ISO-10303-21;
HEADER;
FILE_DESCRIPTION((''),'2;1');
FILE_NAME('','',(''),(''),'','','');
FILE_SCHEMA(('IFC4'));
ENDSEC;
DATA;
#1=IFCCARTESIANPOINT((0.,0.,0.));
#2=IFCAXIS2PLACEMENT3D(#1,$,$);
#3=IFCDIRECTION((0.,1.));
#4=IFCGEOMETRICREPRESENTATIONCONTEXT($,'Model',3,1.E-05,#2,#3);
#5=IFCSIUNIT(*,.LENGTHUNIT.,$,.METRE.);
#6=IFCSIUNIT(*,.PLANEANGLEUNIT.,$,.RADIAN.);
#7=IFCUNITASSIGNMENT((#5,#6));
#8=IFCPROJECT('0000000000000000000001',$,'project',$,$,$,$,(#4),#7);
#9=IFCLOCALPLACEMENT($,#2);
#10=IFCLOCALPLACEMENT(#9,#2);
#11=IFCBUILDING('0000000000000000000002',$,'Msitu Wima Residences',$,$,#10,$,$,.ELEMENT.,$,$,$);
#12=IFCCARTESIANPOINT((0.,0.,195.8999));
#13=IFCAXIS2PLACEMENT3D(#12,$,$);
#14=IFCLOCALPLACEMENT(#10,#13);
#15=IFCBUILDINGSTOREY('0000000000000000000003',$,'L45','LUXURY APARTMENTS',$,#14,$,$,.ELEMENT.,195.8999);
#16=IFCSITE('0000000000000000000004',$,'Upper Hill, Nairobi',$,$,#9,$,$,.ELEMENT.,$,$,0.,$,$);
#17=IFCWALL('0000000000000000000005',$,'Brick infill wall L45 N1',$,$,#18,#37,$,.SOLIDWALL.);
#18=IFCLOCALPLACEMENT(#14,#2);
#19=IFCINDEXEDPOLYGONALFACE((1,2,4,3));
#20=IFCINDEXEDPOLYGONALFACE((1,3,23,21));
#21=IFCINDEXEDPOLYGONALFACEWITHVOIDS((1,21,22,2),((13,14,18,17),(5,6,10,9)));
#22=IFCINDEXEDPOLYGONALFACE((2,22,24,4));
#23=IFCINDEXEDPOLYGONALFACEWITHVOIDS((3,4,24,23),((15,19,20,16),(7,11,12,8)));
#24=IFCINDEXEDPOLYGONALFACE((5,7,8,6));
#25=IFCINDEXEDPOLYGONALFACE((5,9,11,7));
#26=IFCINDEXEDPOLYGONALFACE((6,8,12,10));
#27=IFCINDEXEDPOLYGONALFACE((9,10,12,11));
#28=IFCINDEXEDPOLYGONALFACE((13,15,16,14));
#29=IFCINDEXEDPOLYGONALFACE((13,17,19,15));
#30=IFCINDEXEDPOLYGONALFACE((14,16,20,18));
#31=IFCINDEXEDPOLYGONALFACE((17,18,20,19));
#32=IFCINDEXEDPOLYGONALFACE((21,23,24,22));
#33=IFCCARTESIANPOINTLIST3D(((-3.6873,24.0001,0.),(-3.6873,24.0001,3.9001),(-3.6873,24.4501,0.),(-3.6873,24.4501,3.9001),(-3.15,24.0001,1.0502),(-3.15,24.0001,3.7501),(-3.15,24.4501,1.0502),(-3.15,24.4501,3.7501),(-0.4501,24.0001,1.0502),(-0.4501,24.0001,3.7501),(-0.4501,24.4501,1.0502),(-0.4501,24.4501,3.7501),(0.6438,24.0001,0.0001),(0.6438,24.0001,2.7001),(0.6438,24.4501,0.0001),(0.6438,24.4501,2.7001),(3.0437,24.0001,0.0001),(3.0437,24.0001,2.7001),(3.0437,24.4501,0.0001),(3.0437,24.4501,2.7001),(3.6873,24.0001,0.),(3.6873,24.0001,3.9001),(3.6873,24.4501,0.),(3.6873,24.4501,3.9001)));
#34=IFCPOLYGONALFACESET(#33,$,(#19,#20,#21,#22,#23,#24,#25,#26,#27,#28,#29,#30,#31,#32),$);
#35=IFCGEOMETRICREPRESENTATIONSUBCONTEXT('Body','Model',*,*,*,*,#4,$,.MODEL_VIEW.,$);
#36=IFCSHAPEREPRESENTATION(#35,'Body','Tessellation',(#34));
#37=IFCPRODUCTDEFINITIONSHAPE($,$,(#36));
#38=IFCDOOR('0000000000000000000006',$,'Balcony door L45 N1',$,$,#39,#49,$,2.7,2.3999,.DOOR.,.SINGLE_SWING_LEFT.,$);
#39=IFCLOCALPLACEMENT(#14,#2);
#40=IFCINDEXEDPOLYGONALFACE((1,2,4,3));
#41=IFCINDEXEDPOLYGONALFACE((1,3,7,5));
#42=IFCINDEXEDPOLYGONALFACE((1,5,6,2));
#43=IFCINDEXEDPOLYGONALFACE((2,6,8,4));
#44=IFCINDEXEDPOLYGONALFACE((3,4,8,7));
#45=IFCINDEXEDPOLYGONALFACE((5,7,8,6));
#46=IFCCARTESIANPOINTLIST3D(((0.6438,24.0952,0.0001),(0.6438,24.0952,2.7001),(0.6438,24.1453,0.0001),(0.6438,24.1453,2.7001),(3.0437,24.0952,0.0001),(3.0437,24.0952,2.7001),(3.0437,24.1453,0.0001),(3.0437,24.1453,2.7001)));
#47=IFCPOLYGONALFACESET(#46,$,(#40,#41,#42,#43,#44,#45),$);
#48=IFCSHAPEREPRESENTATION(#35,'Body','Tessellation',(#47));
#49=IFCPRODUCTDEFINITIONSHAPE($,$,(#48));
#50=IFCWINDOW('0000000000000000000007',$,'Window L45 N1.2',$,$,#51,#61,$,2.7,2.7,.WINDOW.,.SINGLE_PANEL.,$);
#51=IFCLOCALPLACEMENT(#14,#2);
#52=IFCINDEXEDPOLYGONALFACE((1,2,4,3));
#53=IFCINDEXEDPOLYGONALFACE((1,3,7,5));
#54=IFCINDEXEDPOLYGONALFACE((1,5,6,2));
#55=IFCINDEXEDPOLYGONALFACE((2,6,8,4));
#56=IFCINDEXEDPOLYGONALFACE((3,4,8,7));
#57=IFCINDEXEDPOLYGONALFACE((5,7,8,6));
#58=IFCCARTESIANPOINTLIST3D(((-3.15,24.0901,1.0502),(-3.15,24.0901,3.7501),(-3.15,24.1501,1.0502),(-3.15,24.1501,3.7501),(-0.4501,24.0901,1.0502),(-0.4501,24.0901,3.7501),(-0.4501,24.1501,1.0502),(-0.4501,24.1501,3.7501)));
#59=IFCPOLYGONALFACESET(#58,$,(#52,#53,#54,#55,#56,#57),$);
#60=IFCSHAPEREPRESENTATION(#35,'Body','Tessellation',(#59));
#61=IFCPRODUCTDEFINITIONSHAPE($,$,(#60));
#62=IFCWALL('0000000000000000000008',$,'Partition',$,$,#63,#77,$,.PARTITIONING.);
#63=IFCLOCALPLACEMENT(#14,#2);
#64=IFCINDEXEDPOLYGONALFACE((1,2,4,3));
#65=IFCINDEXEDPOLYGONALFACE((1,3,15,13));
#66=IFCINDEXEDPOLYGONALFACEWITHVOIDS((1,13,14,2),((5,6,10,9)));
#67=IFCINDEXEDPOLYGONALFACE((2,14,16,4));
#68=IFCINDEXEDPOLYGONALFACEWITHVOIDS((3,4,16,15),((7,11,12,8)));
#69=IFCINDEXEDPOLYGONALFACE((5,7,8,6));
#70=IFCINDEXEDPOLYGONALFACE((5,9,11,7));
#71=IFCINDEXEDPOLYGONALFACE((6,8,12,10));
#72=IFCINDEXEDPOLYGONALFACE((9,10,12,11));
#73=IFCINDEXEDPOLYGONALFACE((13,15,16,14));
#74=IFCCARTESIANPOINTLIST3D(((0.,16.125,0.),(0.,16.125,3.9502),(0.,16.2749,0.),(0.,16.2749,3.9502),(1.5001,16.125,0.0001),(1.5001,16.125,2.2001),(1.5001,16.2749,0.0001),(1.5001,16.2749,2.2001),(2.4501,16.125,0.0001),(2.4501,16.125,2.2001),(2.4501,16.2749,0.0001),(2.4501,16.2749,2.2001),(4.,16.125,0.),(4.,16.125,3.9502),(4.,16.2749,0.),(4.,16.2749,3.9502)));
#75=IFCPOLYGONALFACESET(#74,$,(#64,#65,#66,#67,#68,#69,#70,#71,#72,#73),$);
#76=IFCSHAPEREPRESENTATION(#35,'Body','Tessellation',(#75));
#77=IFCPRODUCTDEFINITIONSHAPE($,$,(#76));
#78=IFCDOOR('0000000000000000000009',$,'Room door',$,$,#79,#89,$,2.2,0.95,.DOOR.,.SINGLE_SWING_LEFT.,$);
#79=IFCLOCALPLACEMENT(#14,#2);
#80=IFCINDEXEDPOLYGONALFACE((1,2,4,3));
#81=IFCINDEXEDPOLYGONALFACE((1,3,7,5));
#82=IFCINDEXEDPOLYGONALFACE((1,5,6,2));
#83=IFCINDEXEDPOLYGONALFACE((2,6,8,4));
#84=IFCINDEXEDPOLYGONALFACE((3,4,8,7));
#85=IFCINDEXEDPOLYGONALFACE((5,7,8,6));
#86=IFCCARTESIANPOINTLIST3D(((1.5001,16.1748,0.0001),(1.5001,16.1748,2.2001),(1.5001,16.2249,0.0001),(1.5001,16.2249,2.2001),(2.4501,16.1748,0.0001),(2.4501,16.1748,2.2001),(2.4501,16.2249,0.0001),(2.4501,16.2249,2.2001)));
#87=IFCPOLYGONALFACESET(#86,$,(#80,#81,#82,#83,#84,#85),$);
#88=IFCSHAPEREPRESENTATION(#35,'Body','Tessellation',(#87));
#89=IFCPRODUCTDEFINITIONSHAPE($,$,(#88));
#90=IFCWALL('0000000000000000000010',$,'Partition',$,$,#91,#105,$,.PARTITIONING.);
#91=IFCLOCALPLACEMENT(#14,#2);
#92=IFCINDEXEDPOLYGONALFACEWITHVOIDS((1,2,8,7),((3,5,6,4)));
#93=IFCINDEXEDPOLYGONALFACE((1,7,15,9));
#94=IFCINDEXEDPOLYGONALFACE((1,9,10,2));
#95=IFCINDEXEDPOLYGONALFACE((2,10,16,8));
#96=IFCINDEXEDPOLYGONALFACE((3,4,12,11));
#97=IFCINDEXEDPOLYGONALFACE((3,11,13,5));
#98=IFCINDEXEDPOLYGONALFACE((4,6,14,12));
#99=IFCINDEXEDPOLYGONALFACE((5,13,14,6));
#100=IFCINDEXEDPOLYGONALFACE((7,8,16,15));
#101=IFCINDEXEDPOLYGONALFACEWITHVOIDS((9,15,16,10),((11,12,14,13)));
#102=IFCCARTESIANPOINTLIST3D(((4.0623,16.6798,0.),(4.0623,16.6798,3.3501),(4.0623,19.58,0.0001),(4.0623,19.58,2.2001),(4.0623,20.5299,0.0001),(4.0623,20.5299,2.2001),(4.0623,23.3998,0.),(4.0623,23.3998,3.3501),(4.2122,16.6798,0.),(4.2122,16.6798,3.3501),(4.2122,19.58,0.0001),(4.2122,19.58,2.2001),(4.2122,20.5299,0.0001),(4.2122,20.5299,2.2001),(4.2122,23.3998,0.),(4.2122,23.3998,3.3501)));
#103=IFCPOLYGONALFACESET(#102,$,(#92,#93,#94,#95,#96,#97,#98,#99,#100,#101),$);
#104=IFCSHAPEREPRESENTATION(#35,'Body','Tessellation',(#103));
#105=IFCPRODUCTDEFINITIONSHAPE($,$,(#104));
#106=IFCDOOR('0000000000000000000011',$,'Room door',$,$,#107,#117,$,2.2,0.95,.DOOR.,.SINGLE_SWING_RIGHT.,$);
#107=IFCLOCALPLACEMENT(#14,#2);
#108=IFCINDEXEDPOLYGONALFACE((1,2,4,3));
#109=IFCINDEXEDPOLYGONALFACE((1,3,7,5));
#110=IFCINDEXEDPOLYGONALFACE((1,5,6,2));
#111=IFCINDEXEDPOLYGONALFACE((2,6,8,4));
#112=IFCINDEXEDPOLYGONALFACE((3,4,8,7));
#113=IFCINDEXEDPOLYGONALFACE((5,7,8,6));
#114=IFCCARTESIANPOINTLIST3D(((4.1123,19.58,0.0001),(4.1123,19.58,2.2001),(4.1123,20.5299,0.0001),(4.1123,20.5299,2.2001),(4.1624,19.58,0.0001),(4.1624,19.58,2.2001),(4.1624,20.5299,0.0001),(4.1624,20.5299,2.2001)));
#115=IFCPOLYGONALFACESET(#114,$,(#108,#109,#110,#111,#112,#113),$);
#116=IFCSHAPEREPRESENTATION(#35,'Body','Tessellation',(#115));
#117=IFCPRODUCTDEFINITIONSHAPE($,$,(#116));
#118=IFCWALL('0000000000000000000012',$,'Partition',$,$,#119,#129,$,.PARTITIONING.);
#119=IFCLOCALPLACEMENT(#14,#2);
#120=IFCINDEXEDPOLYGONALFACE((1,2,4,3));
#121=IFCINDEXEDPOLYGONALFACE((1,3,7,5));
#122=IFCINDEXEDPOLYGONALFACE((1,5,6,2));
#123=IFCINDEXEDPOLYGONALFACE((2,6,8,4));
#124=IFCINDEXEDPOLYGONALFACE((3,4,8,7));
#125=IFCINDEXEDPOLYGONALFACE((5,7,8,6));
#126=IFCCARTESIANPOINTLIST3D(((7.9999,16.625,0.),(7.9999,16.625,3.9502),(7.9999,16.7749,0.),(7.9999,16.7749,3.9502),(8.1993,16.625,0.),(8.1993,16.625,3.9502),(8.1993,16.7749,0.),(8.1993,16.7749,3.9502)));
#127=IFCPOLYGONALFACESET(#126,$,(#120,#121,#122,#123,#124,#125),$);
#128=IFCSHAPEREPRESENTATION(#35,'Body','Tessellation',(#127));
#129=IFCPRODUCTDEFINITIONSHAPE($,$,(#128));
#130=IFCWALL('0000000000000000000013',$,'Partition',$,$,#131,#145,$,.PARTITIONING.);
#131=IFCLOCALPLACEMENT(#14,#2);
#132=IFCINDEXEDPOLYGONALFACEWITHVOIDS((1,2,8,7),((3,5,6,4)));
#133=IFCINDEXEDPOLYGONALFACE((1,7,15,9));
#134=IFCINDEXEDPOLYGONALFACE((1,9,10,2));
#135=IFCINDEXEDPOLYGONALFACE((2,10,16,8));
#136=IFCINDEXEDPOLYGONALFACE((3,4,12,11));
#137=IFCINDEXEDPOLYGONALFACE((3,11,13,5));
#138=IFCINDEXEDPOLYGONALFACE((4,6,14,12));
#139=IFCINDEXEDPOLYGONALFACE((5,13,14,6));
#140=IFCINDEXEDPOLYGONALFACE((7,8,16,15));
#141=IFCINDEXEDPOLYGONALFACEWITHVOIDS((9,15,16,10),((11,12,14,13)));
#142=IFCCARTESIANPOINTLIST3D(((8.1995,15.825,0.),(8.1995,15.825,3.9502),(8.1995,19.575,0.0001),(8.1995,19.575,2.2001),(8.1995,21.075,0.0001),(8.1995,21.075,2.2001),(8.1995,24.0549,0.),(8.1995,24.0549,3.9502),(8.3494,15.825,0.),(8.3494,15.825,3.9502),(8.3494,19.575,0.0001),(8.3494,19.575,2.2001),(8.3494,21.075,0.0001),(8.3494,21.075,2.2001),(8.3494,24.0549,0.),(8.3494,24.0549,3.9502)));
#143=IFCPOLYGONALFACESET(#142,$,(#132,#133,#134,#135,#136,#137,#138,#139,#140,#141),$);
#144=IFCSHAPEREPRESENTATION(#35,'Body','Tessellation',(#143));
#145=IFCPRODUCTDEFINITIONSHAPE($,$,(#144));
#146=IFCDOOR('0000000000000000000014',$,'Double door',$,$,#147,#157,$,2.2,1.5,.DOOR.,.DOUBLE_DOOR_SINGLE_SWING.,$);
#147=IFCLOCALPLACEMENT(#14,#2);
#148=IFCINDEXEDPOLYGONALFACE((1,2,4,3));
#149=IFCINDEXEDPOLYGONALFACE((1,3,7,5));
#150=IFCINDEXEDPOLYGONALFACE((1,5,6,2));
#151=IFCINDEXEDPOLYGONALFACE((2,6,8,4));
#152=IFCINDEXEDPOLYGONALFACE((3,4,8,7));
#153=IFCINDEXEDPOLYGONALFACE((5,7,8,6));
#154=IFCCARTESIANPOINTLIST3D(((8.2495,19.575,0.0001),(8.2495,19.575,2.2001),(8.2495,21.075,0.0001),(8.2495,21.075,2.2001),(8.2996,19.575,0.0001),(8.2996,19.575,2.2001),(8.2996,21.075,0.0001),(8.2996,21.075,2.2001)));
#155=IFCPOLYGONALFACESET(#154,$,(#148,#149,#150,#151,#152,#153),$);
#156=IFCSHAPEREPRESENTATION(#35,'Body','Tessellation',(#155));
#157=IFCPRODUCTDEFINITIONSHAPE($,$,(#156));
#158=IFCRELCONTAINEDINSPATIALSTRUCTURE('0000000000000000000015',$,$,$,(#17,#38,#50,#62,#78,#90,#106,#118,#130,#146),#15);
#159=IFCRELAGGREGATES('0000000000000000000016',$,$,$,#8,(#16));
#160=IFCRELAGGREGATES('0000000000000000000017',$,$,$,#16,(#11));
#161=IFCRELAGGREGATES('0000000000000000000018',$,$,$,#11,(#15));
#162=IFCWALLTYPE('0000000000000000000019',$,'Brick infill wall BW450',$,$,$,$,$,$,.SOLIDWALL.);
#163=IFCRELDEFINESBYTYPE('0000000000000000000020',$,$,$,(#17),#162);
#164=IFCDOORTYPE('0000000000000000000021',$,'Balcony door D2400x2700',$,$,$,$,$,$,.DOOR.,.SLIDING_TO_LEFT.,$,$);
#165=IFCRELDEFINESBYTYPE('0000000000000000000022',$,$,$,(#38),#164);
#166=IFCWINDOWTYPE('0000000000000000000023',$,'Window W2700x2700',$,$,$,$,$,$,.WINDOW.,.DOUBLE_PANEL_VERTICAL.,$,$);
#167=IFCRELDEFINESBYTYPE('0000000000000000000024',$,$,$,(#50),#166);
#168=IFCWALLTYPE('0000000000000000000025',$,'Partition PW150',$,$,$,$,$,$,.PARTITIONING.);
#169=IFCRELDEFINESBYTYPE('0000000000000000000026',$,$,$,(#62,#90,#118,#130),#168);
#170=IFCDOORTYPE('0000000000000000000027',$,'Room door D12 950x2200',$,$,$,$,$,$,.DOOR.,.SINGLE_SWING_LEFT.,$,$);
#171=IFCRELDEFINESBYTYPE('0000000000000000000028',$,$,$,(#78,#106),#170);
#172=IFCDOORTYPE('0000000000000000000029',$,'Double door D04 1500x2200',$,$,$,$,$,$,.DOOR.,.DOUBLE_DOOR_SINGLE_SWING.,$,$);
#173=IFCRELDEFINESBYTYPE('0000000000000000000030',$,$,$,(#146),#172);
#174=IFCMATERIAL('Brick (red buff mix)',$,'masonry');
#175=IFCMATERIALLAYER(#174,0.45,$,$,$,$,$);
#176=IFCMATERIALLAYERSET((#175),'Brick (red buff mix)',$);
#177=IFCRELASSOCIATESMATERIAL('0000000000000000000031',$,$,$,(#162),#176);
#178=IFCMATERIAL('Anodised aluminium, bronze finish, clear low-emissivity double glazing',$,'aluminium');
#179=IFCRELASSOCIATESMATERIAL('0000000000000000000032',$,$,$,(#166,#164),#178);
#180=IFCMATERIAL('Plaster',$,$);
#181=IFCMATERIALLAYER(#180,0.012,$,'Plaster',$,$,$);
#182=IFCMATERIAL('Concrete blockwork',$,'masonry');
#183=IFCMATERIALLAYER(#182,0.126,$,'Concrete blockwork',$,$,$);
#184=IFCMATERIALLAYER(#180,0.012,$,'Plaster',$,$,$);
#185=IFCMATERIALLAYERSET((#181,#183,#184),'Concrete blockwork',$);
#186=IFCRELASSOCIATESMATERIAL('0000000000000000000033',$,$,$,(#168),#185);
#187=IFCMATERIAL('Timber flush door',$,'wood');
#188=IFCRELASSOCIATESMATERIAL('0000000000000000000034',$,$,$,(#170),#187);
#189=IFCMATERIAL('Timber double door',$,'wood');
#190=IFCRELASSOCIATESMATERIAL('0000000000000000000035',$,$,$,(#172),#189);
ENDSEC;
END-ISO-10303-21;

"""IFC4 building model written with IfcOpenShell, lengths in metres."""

from ifc_helpers import new_model, si_unit, direction, frame, frame_2d, origin, place, context, subcontext, project, spatial, rectangle, extrude, material, layer, layer_set, type_object, element, fill, save


model = new_model("IFC4")

# Units and contexts
model_context = context("Model", 3, precision=1e-05, world=origin(), true_north=direction((0.0, 1.0)))
body_context = subcontext(model_context, "Body", "Model", "MODEL_VIEW")
ifc_project = project(units=[si_unit("LENGTHUNIT", "METRE"), si_unit("PLANEANGLEUNIT", "RADIAN")], contexts=[model_context])

# Site, building, storey
site_placement = place(None, origin())
site = spatial("IfcSite", under=ifc_project, at=site_placement, Name="Upper Hill, Nairobi", CompositionType="ELEMENT", RefElevation=0.0)
building_placement = place(site_placement, origin())
building = spatial("IfcBuilding", under=site, at=building_placement, Name="Msitu Wima Residences", CompositionType="ELEMENT")
storey_placement = place(building_placement, frame((0.0, 0.0, 195.8999)))
storey = spatial("IfcBuildingStorey", under=building, at=storey_placement, Name="L45", Description="LUXURY APARTMENTS", CompositionType="ELEMENT", Elevation=195.8999)

# Shared definitions
ifc_material_1 = material(Name="Brick (red buff mix)", Category="masonry")
ifc_layer_1 = layer(ifc_material_1, 0.45)
ifc_layer_set_1 = layer_set([ifc_layer_1], Name="Brick (red buff mix)")
wall_type_1 = type_object("IfcWallType", Name="Brick infill wall BW450", PredefinedType="SOLIDWALL", material=ifc_layer_set_1)
ifc_material_2 = material(Name="Anodised aluminium, bronze finish, clear low-emissivity double glazing", Category="aluminium")
window_type = type_object("IfcWindowType", Name="Window W2700x2700", PartitioningType="DOUBLE_PANEL_VERTICAL", PredefinedType="WINDOW", material=ifc_material_2)

# Wall, openings, door, window
wall_1_placement = place(storey_placement, frame((3.6873, 24.2251, 0.0), z_axis=(0.0, 0.0, 1.0), x_axis=(-1.0, 0.0, 0.0)))
wall_1 = element("IfcWall", 1, at=wall_1_placement, inside=storey, type_object=wall_type_1, Name="Brick infill wall L45 N1", PredefinedType="SOLIDWALL", context=body_context, shape_type="SweptSolid", body=[
    extrude(rectangle(XDim=7.3745, YDim=0.45, at=frame_2d((3.6873, 0.0))), origin(), (0.0, 0.0, 1.0), 3.9001),
])
opening_1_placement = place(wall_1_placement, frame((0.6436, 0.0, 0.0)))
opening_1 = element("IfcOpeningElement", 2, at=opening_1_placement, cuts=wall_1, PredefinedType="OPENING", context=body_context, shape_type="SweptSolid", body=[
    extrude(rectangle(XDim=2.3999, YDim=2.7, at=frame_2d((1.2, 1.3501))), frame((0.0, 0.2349, 0.0), z_axis=(0.0, -1.0, 0.0), x_axis=(1.0, 0.0, 0.0)), (0.0, 0.0, 1.0), 0.47),
])
opening_2_placement = place(wall_1_placement, frame((4.1372, 0.0, 1.05)))
opening_2 = element("IfcOpeningElement", 3, at=opening_2_placement, cuts=wall_1, PredefinedType="OPENING", context=body_context, shape_type="SweptSolid", body=[
    extrude(rectangle(XDim=2.7, YDim=2.7, at=frame_2d((1.3501, 1.3501))), frame((0.0, 0.2349, 0.0), z_axis=(0.0, -1.0, 0.0), x_axis=(1.0, 0.0, 0.0)), (0.0, 0.0, 1.0), 0.47),
])
door_type_1 = type_object("IfcDoorType", Name="Balcony door D2400x2700", OperationType="SLIDING_TO_LEFT", PredefinedType="DOOR", material=ifc_material_2)
door_1_placement = place(opening_1_placement, origin())
door_1 = element("IfcDoor", 4, at=door_1_placement, inside=storey, type_object=door_type_1, Name="Balcony door L45 N1", OperationType="SINGLE_SWING_LEFT", OverallHeight=2.7, OverallWidth=2.3999, PredefinedType="DOOR", context=body_context, shape_type="SweptSolid", body=[
    extrude(rectangle(XDim=2.3999, YDim=2.7, at=frame_2d((1.2, 1.3501))), frame((0.0, 0.1299, 0.0), z_axis=(0.0, -1.0, 0.0), x_axis=(1.0, 0.0, 0.0)), (0.0, 0.0, 1.0), 0.05),
])
fill(opening_1, door_1)
window_1_placement = place(opening_2_placement, origin())
window_1 = element("IfcWindow", 5, at=window_1_placement, inside=storey, type_object=window_type, Name="Window L45 N1.2", OverallHeight=2.7, OverallWidth=2.7, PartitioningType="SINGLE_PANEL", PredefinedType="WINDOW", context=body_context, shape_type="SweptSolid", body=[
    extrude(rectangle(XDim=2.7, YDim=2.7, at=frame_2d((1.3501, 1.3501))), frame((0.0, 0.135, 0.0), z_axis=(0.0, -1.0, 0.0), x_axis=(1.0, 0.0, 0.0)), (0.0, 0.0, 1.0), 0.0601),
])
fill(opening_2, window_1)

# Walls, openings, doors
ifc_material_3 = material(Name="Plaster")
ifc_layer_2 = layer(ifc_material_3, 0.012, Name="Plaster")
ifc_material_4 = material(Name="Concrete blockwork", Category="masonry")
ifc_layer_3 = layer(ifc_material_4, 0.126, Name="Concrete blockwork")
ifc_layer_4 = layer(ifc_material_3, 0.012, Name="Plaster")
ifc_layer_set_2 = layer_set([ifc_layer_2, ifc_layer_3, ifc_layer_4], Name="Concrete blockwork")
wall_type_2 = type_object("IfcWallType", Name="Partition PW150", PredefinedType="PARTITIONING", material=ifc_layer_set_2)
wall_2_placement = place(storey_placement, frame((0.0, 16.2, 0.0), z_axis=(0.0, 0.0, 1.0), x_axis=(1.0, 0.0, 0.0)))
wall_2 = element("IfcWall", 6, at=wall_2_placement, inside=storey, type_object=wall_type_2, Name="Partition", PredefinedType="PARTITIONING", context=body_context, shape_type="SweptSolid", body=[
    extrude(rectangle(XDim=4.0, YDim=0.1499, at=frame_2d((2.0, 0.0))), origin(), (0.0, 0.0, 1.0), 3.9502),
])
opening_3_placement = place(wall_2_placement, frame((1.5, 0.0, 0.0)))
opening_3 = element("IfcOpeningElement", 7, at=opening_3_placement, cuts=wall_2, PredefinedType="OPENING", context=body_context, shape_type="SweptSolid", body=[
    extrude(rectangle(XDim=0.95, YDim=2.2, at=frame_2d((0.4751, 1.1001))), frame((0.0, 0.085, 0.0), z_axis=(0.0, -1.0, 0.0), x_axis=(1.0, 0.0, 0.0)), (0.0, 0.0, 1.0), 0.1699),
])
ifc_material_5 = material(Name="Timber flush door", Category="wood")
door_type_2 = type_object("IfcDoorType", Name="Room door D12 950x2200", OperationType="SINGLE_SWING_LEFT", PredefinedType="DOOR", material=ifc_material_5)
door_2_placement = place(opening_3_placement, origin())
door_2 = element("IfcDoor", 8, at=door_2_placement, inside=storey, type_object=door_type_2, Name="Room door", OperationType="SINGLE_SWING_LEFT", OverallHeight=2.2, OverallWidth=0.95, PredefinedType="DOOR", context=body_context, shape_type="SweptSolid", body=[
    extrude(rectangle(XDim=0.95, YDim=2.2, at=frame_2d((0.4751, 1.1001))), frame((0.0, 0.0249, 0.0), z_axis=(0.0, -1.0, 0.0), x_axis=(1.0, 0.0, 0.0)), (0.0, 0.0, 1.0), 0.05),
])
fill(opening_3, door_2)
wall_3_placement = place(storey_placement, frame((4.1372, 16.6799, 0.0), z_axis=(0.0, 0.0, 1.0), x_axis=(0.0, 1.0, 0.0)))
wall_3 = element("IfcWall", 9, at=wall_3_placement, inside=storey, type_object=wall_type_2, Name="Partition", PredefinedType="PARTITIONING", context=body_context, shape_type="SweptSolid", body=[
    extrude(rectangle(XDim=6.72, YDim=0.1499, at=frame_2d((3.3599, 0.0))), origin(), (0.0, 0.0, 1.0), 3.3501),
])
opening_4_placement = place(wall_3_placement, frame((2.8999, 0.0, 0.0)))
opening_4 = element("IfcOpeningElement", 10, at=opening_4_placement, cuts=wall_3, PredefinedType="OPENING", context=body_context, shape_type="SweptSolid", body=[
    extrude(rectangle(XDim=0.95, YDim=2.2, at=frame_2d((0.4751, 1.1001))), frame((0.0, 0.085, 0.0), z_axis=(0.0, -1.0, 0.0), x_axis=(1.0, 0.0, 0.0)), (0.0, 0.0, 1.0), 0.1699),
])
door_3_placement = place(opening_4_placement, origin())
door_3 = element("IfcDoor", 11, at=door_3_placement, inside=storey, type_object=door_type_2, Name="Room door", OperationType="SINGLE_SWING_RIGHT", OverallHeight=2.2, OverallWidth=0.95, PredefinedType="DOOR", context=body_context, shape_type="SweptSolid", body=[
    extrude(rectangle(XDim=0.95, YDim=2.2, at=frame_2d((0.4751, 1.1001))), frame((0.0, 0.0249, 0.0), z_axis=(0.0, -1.0, 0.0), x_axis=(1.0, 0.0, 0.0)), (0.0, 0.0, 1.0), 0.05),
])
fill(opening_4, door_3)

# Wall
wall_4_placement = place(storey_placement, frame((8.0, 16.7, 0.0), z_axis=(0.0, 0.0, 1.0), x_axis=(1.0, 0.0, 0.0)))
element("IfcWall", 12, at=wall_4_placement, inside=storey, type_object=wall_type_2, Name="Partition", PredefinedType="PARTITIONING", context=body_context, shape_type="SweptSolid", body=[
    extrude(rectangle(XDim=0.1995, YDim=0.1499, at=frame_2d((0.0996, 0.0))), origin(), (0.0, 0.0, 1.0), 3.9502),
])

# Wall, opening, door
wall_5_placement = place(storey_placement, frame((8.2744, 15.825, 0.0), z_axis=(0.0, 0.0, 1.0), x_axis=(0.0, 1.0, 0.0)))
wall_5 = element("IfcWall", 13, at=wall_5_placement, inside=storey, type_object=wall_type_2, Name="Partition", PredefinedType="PARTITIONING", context=body_context, shape_type="SweptSolid", body=[
    extrude(rectangle(XDim=8.23, YDim=0.1499, at=frame_2d((4.115, 0.0))), origin(), (0.0, 0.0, 1.0), 3.9502),
])
opening_5_placement = place(wall_5_placement, frame((3.75, 0.0, 0.0)))
opening_5 = element("IfcOpeningElement", 14, at=opening_5_placement, cuts=wall_5, PredefinedType="OPENING", context=body_context, shape_type="SweptSolid", body=[
    extrude(rectangle(XDim=1.5, YDim=2.2, at=frame_2d((0.75, 1.1001))), frame((0.0, 0.085, 0.0), z_axis=(0.0, -1.0, 0.0), x_axis=(1.0, 0.0, 0.0)), (0.0, 0.0, 1.0), 0.1699),
])
ifc_material_6 = material(Name="Timber double door", Category="wood")
door_type_3 = type_object("IfcDoorType", Name="Double door D04 1500x2200", OperationType="DOUBLE_DOOR_SINGLE_SWING", PredefinedType="DOOR", material=ifc_material_6)
door_4_placement = place(opening_5_placement, origin())
door_4 = element("IfcDoor", 15, at=door_4_placement, inside=storey, type_object=door_type_3, Name="Double door", OperationType="DOUBLE_DOOR_SINGLE_SWING", OverallHeight=2.2, OverallWidth=1.5, PredefinedType="DOOR", context=body_context, shape_type="SweptSolid", body=[
    extrude(rectangle(XDim=1.5, YDim=2.2, at=frame_2d((0.75, 1.1001))), frame((0.0, 0.0249, 0.0), z_axis=(0.0, -1.0, 0.0), x_axis=(1.0, 0.0, 0.0)), (0.0, 0.0, 1.0), 0.05),
])
fill(opening_5, door_4)

save(model, "model.ifc")
